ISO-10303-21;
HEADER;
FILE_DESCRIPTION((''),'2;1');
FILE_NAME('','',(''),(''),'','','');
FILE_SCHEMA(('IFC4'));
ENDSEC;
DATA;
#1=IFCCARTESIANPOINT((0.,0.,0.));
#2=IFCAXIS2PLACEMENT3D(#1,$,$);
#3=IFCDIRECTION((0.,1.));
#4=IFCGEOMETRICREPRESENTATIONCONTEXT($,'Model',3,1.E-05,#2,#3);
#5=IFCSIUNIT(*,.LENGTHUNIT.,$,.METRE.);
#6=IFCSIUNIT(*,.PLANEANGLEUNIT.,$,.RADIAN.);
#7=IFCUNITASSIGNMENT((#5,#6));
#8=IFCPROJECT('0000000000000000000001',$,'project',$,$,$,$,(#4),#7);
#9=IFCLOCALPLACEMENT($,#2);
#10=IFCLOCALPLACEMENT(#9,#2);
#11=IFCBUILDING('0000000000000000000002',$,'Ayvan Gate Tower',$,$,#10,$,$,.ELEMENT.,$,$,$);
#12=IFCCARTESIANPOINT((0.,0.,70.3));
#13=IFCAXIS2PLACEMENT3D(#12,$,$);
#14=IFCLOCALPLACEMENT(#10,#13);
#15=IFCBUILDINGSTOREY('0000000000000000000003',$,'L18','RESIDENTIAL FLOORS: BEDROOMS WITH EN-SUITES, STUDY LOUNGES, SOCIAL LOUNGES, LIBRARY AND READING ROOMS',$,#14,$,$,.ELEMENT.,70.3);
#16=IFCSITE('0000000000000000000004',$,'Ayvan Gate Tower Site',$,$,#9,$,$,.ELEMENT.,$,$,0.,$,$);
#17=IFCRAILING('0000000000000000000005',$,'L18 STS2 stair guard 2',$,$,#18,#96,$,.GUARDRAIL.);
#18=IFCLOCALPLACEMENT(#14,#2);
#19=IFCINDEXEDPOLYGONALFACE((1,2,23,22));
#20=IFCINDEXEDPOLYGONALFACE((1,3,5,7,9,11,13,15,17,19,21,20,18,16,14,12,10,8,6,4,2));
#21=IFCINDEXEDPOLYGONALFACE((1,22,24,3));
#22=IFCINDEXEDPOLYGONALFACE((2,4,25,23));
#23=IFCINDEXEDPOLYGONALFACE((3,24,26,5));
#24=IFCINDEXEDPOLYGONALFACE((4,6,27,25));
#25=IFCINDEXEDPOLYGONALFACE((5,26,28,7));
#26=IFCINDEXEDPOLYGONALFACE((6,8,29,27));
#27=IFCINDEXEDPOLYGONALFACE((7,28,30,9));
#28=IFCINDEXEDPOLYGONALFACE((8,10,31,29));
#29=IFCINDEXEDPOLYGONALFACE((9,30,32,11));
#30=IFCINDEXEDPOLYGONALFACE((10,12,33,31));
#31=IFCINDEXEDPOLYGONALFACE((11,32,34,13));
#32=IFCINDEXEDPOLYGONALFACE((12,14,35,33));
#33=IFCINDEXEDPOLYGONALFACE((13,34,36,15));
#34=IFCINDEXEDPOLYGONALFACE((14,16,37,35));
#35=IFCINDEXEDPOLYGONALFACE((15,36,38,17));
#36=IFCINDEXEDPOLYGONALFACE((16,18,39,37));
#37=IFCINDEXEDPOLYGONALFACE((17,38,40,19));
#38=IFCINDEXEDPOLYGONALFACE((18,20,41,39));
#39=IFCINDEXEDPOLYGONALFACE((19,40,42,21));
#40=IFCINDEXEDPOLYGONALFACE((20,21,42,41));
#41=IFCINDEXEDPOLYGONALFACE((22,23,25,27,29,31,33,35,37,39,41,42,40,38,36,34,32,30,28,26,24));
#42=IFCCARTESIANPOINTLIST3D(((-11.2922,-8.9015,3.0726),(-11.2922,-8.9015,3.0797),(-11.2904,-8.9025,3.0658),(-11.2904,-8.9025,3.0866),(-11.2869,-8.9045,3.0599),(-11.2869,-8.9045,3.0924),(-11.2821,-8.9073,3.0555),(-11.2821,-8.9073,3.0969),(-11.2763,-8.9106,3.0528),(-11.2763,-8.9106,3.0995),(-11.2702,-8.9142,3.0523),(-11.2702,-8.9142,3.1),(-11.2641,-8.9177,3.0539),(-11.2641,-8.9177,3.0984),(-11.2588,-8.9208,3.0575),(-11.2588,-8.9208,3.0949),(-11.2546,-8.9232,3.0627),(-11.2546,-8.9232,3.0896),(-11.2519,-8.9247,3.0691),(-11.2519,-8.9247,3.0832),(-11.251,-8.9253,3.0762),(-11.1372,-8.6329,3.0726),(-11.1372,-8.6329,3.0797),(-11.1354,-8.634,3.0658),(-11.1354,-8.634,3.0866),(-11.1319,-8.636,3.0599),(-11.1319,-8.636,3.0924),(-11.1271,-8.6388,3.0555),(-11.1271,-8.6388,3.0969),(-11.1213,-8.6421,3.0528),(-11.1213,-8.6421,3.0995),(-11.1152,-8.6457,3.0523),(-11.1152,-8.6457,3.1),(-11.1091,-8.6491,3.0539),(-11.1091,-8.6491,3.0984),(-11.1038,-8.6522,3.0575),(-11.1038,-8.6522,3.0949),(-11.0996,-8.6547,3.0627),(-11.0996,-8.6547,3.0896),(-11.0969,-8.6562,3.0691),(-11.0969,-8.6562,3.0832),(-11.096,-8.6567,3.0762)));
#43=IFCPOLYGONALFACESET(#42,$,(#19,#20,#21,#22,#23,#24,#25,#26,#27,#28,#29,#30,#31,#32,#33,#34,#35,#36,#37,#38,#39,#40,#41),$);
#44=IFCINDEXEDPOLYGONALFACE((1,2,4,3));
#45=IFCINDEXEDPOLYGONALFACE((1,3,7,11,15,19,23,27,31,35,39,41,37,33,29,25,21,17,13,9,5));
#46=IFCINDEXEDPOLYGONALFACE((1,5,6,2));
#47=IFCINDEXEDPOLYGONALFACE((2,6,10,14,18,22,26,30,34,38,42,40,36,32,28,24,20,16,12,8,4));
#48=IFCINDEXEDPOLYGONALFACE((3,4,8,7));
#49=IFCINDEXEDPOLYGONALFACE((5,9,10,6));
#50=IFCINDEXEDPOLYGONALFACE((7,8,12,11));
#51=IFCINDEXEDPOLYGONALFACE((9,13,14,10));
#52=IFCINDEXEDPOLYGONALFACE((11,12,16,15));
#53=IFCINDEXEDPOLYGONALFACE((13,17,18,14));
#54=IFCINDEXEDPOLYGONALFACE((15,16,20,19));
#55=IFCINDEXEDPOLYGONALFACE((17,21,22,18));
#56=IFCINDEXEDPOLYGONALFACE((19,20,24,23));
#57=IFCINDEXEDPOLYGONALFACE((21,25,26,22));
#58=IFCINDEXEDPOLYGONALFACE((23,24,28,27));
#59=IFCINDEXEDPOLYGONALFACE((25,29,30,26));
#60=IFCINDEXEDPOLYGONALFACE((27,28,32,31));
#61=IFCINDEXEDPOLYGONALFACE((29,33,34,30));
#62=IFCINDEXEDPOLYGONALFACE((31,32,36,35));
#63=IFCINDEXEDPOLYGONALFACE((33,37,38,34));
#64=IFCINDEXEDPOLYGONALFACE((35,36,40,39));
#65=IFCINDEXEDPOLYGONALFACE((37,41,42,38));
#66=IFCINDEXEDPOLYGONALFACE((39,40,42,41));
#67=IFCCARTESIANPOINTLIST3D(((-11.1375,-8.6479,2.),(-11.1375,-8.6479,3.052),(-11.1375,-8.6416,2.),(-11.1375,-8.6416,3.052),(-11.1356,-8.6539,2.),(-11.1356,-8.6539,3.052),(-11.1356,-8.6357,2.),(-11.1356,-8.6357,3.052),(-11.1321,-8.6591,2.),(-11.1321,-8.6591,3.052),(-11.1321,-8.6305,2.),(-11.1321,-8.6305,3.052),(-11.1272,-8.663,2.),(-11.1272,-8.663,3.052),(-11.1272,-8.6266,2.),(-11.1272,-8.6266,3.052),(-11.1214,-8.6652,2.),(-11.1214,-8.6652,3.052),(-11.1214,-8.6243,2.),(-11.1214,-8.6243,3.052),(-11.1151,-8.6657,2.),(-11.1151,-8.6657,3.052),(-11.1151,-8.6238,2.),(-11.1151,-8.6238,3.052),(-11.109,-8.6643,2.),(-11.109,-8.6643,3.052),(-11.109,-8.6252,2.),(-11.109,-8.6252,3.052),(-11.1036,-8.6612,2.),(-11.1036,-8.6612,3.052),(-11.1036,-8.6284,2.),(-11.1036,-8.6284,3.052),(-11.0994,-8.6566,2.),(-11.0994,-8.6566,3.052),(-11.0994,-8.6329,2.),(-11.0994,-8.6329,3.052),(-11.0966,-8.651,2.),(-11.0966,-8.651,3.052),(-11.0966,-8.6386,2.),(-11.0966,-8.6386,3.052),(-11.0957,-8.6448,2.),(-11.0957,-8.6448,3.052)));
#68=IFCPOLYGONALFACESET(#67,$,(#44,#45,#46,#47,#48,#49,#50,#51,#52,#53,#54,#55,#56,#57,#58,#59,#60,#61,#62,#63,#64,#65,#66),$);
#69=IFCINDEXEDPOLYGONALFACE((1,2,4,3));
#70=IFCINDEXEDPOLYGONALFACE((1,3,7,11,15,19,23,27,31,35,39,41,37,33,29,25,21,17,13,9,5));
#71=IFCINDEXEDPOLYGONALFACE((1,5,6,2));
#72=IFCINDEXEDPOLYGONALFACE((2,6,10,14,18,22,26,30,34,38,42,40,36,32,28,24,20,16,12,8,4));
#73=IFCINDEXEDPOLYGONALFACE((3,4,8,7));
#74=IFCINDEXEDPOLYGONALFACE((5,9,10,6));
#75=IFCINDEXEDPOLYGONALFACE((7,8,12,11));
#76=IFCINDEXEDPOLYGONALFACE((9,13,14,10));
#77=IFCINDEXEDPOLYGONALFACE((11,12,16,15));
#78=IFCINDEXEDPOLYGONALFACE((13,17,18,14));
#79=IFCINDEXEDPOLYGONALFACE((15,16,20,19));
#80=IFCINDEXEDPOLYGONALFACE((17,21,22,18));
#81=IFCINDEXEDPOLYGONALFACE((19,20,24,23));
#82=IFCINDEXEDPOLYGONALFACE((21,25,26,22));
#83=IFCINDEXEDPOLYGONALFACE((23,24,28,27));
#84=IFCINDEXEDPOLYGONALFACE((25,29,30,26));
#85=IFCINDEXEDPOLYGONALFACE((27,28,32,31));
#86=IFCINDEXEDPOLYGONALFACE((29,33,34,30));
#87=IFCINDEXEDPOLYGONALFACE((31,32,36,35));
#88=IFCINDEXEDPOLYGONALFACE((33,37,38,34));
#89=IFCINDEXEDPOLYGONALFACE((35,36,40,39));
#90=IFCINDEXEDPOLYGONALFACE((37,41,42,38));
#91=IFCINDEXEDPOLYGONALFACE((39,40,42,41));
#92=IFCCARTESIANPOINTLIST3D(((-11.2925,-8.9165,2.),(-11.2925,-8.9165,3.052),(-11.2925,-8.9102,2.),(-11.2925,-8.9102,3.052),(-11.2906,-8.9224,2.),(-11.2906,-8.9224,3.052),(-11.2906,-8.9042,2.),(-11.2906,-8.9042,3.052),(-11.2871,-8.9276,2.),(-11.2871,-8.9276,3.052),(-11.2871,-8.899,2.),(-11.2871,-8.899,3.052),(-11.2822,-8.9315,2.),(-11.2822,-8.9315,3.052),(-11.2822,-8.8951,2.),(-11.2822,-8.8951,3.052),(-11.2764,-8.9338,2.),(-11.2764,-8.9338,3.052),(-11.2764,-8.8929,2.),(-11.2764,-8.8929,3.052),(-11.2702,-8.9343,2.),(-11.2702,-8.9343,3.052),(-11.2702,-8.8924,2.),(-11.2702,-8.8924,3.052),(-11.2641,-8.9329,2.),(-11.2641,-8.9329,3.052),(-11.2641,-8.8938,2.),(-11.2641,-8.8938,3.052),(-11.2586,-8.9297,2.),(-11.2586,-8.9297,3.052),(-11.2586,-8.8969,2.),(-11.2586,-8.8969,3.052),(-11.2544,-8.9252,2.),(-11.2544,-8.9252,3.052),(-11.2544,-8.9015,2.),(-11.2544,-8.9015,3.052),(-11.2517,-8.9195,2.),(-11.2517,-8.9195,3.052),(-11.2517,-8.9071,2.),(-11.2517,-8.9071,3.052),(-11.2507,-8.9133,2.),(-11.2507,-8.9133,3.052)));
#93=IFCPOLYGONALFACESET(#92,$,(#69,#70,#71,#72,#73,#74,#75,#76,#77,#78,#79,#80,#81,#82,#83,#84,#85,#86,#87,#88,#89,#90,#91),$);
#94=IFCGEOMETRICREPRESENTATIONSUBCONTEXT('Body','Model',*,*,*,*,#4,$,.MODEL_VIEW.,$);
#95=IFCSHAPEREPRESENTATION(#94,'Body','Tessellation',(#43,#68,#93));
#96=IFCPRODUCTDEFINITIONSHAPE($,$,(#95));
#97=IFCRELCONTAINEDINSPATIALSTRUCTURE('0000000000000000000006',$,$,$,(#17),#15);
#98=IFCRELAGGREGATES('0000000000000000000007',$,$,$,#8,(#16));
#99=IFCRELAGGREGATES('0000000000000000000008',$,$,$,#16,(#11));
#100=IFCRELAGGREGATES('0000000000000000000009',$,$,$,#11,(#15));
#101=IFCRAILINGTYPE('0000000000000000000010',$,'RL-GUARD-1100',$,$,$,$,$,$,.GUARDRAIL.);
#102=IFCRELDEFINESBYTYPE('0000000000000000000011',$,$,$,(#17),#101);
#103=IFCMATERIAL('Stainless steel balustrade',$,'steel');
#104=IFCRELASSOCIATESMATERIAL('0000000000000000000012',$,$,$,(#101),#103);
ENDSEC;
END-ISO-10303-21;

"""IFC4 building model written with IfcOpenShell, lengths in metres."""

from ifc_helpers import new_model, si_unit, direction, frame, origin, origin_2d, place, context, subcontext, project, spatial, circle, extrude, material, type_object, element, save


model = new_model("IFC4")

# Units and contexts
model_context = context("Model", 3, precision=1e-05, world=origin(), true_north=direction((0.0, 1.0)))
body_context = subcontext(model_context, "Body", "Model", "MODEL_VIEW")
ifc_project = project(units=[si_unit("LENGTHUNIT", "METRE"), si_unit("PLANEANGLEUNIT", "RADIAN")], contexts=[model_context])

# Site, building, storey
site_placement = place(None, origin())
site = spatial("IfcSite", under=ifc_project, at=site_placement, Name="Ayvan Gate Tower Site", CompositionType="ELEMENT", RefElevation=0.0)
building_placement = place(site_placement, origin())
building = spatial("IfcBuilding", under=site, at=building_placement, Name="Ayvan Gate Tower", CompositionType="ELEMENT")
storey_placement = place(building_placement, frame((0.0, 0.0, 70.3)))
storey = spatial("IfcBuildingStorey", under=building, at=storey_placement, Name="L18", Description="RESIDENTIAL FLOORS: BEDROOMS WITH EN-SUITES, STUDY LOUNGES, SOCIAL LOUNGES, LIBRARY AND READING ROOMS", CompositionType="ELEMENT", Elevation=70.3)

# Railing
ifc_material_1 = material(Name="Stainless steel balustrade", Category="steel")
railing_type_1 = type_object("IfcRailingType", Name="RL-GUARD-1100", PredefinedType="GUARDRAIL", material=ifc_material_1)
railing_1_placement = place(storey_placement, frame((-11.1167, -8.6448, 2.0)))
element("IfcRailing", 1, at=railing_1_placement, inside=storey, type_object=railing_type_1, Name="L18 STS2 stair guard 2", PredefinedType="GUARDRAIL", context=body_context, shape_type="SweptSolid", body=[
    extrude(circle(Radius=0.0239, at=origin_2d()), frame((0.0, 0.0, 1.0762), z_axis=(-0.49995, -0.866054, 0.0), x_axis=(0.866054, -0.49995, 0.0)), (0.0, 0.0, 1.0), 0.3101),
    extrude(circle(Radius=0.021, at=origin_2d()), origin(), (0.0, 0.0, 1.0), 1.052),
    extrude(circle(Radius=0.021, at=origin_2d()), frame((-0.155, -0.2686, 0.0)), (0.0, 0.0, 1.0), 1.052),
])

save(model, "model.ifc")
